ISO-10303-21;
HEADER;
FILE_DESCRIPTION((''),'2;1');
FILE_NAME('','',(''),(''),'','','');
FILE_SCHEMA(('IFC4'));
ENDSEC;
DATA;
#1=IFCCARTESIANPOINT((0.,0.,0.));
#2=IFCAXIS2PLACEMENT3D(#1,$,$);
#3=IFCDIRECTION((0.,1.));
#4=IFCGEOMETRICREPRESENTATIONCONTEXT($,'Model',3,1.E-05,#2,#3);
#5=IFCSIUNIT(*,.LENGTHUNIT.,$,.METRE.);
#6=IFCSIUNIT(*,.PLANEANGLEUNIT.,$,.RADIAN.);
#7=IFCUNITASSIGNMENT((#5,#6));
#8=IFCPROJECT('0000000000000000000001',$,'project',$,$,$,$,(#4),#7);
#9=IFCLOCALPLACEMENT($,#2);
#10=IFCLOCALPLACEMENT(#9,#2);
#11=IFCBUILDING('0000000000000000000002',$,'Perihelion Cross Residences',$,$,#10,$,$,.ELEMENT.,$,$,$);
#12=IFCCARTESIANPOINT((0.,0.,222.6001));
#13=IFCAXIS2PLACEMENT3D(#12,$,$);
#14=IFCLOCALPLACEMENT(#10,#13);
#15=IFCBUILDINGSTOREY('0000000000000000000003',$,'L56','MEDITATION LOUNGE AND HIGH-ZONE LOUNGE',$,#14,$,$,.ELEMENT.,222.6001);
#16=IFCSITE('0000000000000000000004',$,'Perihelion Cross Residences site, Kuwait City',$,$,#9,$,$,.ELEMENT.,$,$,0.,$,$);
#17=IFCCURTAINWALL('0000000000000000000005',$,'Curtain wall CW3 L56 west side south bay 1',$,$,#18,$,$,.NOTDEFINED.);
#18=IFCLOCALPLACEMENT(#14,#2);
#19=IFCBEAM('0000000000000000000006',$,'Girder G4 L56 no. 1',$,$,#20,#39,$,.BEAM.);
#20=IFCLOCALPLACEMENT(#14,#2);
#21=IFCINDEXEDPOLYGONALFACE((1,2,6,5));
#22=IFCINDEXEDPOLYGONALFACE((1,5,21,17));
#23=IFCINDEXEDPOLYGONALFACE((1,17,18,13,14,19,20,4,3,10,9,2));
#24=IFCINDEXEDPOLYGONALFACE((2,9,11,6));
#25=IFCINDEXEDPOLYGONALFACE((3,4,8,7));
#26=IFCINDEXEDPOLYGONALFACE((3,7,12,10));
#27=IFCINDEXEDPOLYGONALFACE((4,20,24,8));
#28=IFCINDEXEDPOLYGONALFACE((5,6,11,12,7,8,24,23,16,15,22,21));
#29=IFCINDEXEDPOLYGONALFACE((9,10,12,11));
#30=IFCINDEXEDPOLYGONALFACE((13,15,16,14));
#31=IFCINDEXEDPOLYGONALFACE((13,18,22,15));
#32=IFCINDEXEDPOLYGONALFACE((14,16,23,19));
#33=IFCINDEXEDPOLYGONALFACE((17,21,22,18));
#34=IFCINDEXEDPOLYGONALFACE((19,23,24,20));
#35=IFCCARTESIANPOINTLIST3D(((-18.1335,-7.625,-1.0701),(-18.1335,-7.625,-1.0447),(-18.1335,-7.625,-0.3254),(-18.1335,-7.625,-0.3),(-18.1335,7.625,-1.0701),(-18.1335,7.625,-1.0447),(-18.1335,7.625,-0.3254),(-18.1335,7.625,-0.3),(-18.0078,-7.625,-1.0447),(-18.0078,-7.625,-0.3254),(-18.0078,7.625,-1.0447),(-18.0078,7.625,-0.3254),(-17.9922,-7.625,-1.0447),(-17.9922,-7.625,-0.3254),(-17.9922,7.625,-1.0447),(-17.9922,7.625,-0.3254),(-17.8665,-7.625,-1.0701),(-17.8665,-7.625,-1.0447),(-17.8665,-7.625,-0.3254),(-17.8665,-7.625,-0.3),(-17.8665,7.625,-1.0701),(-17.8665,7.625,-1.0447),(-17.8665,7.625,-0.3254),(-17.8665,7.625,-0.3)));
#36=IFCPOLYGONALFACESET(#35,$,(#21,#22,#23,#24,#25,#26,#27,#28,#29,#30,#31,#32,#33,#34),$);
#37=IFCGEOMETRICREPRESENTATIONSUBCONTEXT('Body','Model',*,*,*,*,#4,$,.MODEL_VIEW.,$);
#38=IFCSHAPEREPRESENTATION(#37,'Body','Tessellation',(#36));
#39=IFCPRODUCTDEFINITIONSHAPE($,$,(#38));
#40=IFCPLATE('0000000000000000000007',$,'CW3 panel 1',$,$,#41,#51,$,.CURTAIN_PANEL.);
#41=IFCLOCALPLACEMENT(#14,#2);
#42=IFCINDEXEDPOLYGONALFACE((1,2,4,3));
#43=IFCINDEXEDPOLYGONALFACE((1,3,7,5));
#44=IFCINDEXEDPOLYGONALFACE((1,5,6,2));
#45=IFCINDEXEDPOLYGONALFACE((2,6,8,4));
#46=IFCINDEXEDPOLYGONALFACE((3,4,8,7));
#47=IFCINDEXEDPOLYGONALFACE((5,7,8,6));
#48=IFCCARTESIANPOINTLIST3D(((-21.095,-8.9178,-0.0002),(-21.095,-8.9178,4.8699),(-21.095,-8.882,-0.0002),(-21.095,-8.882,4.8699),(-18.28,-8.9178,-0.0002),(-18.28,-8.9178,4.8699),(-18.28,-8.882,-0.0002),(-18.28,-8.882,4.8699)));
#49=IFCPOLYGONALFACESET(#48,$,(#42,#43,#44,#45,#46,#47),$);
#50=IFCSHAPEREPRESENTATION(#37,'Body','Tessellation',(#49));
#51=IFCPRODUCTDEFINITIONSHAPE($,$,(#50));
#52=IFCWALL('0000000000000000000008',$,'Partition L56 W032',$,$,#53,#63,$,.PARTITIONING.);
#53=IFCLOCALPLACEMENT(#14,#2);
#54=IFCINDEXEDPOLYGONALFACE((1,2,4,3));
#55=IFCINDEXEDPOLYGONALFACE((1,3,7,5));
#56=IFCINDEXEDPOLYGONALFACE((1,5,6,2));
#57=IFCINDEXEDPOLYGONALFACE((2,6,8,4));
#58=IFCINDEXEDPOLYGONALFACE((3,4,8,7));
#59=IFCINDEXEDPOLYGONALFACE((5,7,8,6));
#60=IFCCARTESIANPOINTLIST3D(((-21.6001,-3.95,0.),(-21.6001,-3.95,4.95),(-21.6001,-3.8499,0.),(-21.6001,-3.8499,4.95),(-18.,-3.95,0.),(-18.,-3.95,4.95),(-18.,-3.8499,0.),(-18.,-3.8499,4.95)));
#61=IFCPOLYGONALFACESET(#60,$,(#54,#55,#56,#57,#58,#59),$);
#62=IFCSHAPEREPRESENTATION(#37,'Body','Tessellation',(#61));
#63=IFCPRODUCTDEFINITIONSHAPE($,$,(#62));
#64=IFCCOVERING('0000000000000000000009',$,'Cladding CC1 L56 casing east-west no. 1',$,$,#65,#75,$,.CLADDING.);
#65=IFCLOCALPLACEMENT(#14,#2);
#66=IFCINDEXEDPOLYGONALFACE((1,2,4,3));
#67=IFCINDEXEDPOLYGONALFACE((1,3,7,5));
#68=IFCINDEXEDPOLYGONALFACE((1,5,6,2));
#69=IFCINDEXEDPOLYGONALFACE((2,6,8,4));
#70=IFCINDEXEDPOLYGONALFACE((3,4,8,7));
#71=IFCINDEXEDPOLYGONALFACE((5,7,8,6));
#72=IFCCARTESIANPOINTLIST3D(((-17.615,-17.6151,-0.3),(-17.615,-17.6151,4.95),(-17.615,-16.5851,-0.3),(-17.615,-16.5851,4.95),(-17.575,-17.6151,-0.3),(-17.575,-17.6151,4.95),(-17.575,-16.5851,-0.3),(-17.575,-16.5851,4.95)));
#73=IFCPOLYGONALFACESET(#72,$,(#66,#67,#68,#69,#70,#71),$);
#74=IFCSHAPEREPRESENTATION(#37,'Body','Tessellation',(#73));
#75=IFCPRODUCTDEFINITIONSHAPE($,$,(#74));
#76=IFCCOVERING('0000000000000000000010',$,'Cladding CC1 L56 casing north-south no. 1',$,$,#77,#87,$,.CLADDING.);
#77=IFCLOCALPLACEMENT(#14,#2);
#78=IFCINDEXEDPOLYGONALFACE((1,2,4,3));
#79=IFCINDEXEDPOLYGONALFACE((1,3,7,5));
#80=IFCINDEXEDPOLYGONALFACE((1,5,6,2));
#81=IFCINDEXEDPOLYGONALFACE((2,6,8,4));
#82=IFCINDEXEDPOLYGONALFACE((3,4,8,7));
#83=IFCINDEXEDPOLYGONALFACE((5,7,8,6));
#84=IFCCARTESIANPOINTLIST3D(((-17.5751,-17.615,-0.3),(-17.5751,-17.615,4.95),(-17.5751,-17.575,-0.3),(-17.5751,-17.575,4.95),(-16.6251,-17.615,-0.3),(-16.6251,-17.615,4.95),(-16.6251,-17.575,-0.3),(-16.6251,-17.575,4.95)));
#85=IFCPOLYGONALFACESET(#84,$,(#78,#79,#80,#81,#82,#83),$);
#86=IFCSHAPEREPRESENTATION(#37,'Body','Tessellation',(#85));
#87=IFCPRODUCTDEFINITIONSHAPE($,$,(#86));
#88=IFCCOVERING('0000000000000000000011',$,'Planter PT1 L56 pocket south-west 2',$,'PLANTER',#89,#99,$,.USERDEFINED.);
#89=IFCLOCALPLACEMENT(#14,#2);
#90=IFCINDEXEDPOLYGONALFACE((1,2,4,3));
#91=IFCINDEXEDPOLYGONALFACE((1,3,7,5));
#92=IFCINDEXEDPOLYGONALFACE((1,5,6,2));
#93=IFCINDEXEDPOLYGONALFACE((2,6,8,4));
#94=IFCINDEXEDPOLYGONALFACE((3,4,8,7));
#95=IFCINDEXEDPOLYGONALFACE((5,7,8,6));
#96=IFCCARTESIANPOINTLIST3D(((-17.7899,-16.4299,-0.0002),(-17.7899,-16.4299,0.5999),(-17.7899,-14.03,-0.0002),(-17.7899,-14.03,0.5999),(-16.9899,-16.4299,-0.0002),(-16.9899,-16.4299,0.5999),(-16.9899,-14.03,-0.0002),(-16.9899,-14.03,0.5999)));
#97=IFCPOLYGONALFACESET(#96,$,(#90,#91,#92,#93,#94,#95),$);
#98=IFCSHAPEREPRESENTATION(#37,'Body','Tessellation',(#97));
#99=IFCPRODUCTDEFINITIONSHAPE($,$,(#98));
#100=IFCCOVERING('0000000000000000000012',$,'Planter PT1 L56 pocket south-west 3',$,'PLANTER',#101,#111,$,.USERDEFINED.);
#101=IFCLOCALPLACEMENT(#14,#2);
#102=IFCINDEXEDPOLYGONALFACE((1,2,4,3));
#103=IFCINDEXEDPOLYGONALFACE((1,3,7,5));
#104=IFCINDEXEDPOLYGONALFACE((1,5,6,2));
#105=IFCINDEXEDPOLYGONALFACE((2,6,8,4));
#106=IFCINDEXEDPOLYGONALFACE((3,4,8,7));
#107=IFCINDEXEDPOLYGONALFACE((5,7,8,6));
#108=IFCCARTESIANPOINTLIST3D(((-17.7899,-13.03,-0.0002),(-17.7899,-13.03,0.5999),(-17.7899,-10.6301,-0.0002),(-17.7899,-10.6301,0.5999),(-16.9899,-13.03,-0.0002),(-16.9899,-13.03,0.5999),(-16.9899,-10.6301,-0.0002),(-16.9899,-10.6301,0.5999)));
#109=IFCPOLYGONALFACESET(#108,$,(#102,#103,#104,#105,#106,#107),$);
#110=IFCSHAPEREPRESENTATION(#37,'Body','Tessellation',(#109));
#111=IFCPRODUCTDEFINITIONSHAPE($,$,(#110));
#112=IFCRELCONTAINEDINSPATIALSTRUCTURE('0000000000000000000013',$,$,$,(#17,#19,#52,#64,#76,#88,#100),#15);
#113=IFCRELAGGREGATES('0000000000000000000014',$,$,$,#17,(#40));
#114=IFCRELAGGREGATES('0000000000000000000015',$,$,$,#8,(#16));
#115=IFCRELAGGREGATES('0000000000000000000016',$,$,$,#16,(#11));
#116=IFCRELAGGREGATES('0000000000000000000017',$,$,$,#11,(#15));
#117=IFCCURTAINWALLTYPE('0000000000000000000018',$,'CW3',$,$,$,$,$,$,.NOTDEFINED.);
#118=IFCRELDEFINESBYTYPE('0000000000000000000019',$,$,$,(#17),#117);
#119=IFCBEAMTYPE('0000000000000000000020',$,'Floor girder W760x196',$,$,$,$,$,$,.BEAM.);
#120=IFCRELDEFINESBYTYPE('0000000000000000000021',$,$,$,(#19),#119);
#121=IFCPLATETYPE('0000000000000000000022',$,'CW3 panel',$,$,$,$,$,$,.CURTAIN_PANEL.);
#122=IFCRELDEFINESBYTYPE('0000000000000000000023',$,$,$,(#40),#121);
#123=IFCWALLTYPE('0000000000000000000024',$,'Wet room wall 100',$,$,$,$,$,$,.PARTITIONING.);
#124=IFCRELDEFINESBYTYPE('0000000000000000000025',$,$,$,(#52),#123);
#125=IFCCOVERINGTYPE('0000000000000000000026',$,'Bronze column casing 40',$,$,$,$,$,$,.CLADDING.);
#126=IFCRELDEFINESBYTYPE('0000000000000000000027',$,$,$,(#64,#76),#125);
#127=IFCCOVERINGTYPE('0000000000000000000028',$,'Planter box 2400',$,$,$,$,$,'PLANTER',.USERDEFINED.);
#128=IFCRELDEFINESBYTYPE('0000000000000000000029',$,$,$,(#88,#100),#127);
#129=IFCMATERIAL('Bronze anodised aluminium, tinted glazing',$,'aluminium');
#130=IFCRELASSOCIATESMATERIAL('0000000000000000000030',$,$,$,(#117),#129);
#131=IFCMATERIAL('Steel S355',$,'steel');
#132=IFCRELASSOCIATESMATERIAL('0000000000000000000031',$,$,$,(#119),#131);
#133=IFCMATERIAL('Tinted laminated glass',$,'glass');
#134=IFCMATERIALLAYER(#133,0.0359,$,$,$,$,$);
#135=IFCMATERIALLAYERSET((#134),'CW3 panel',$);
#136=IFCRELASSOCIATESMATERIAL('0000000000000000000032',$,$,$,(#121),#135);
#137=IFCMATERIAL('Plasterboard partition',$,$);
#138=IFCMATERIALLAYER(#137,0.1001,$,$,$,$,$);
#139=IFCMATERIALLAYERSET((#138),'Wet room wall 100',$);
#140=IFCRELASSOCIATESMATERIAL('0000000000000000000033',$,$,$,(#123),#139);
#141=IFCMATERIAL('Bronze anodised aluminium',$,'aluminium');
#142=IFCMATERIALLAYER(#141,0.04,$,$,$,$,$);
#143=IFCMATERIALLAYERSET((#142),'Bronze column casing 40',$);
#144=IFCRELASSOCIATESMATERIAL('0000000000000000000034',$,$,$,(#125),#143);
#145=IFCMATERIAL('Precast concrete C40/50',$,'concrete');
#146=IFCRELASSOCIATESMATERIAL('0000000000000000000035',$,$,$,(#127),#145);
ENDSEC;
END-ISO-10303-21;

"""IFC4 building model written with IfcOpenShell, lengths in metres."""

from ifc_helpers import new_model, si_unit, direction, frame, frame_2d, origin, origin_2d, place, context, subcontext, project, spatial, rectangle, i_section, extrude, material, layer, layer_set, material_profile, profile_set, type_object, element, aggregate, save


model = new_model("IFC4")

# Units and contexts
model_context = context("Model", 3, precision=1e-05, world=origin(), true_north=direction((0.0, 1.0)))
body_context = subcontext(model_context, "Body", "Model", "MODEL_VIEW")
ifc_project = project(units=[si_unit("LENGTHUNIT", "METRE"), si_unit("PLANEANGLEUNIT", "RADIAN")], contexts=[model_context])

# Site, building, storey
site_placement = place(None, origin())
site = spatial("IfcSite", under=ifc_project, at=site_placement, Name="Perihelion Cross Residences site, Kuwait City", CompositionType="ELEMENT", RefElevation=0.0)
building_placement = place(site_placement, origin())
building = spatial("IfcBuilding", under=site, at=building_placement, Name="Perihelion Cross Residences", CompositionType="ELEMENT")
storey_placement = place(building_placement, frame((0.0, 0.0, 222.6001)))
storey = spatial("IfcBuildingStorey", under=building, at=storey_placement, Name="L56", Description="MEDITATION LOUNGE AND HIGH-ZONE LOUNGE", CompositionType="ELEMENT", Elevation=222.6001)

# Curtain wall
ifc_material_1 = material(Name="Bronze anodised aluminium, tinted glazing", Category="aluminium")
curtain_wall_type = type_object("IfcCurtainWallType", Name="CW3", PredefinedType="NOTDEFINED", material=ifc_material_1)
curtain_wall_1_placement = place(storey_placement, origin())
curtain_wall_1 = element("IfcCurtainWall", 1, at=curtain_wall_1_placement, inside=storey, type_object=curtain_wall_type, Name="Curtain wall CW3 L56 west side south bay 1", PredefinedType="NOTDEFINED")

# Beam
ifc_material_2 = material(Name="Steel S355", Category="steel")
ifc_material_profile_1 = material_profile(ifc_material_2, i_section(OverallWidth=0.2671, OverallDepth=0.77, WebThickness=0.0156, FlangeThickness=0.0254, at=origin_2d()), Name="W760x196")
ifc_profile_set_1 = profile_set([ifc_material_profile_1], Name="Steel S355")
beam_type_1 = type_object("IfcBeamType", Name="Floor girder W760x196", PredefinedType="BEAM", material=ifc_profile_set_1)
beam_1_placement = place(storey_placement, frame((-18.0, -7.625, -0.6851), z_axis=(0.0, 1.0, 0.0), x_axis=(-1.0, 0.0, 0.0)))
element("IfcBeam", 2, at=beam_1_placement, inside=storey, type_object=beam_type_1, Name="Girder G4 L56 no. 1", PredefinedType="BEAM", context=body_context, shape_type="SweptSolid", body=[
    extrude(i_section(OverallWidth=0.2671, OverallDepth=0.77, WebThickness=0.0156, FlangeThickness=0.0254, at=origin_2d()), origin(), (0.0, 0.0, 1.0), 15.25),
])

# Plate
ifc_material_3 = material(Name="Tinted laminated glass", Category="glass")
ifc_layer_1 = layer(ifc_material_3, 0.0359)
ifc_layer_set_1 = layer_set([ifc_layer_1], Name="CW3 panel")
plate_type = type_object("IfcPlateType", Name="CW3 panel", PredefinedType="CURTAIN_PANEL", material=ifc_layer_set_1)
plate_placement = place(storey_placement, frame((-19.6875, -8.8999, -0.0002), z_axis=(0.0, 0.0, 1.0), x_axis=(1.0, 0.0, 0.0)))
plate = element("IfcPlate", 3, at=plate_placement, type_object=plate_type, Name="CW3 panel 1", PredefinedType="CURTAIN_PANEL", context=body_context, shape_type="SweptSolid", body=[
    extrude(rectangle(XDim=2.8149, YDim=0.0359, at=origin_2d()), origin(), (0.0, 0.0, 1.0), 4.8701),
])
aggregate(curtain_wall_1, [plate])

# Wall
ifc_material_4 = material(Name="Plasterboard partition")
ifc_layer_2 = layer(ifc_material_4, 0.1001)
ifc_layer_set_2 = layer_set([ifc_layer_2], Name="Wet room wall 100")
wall_type_1 = type_object("IfcWallType", Name="Wet room wall 100", PredefinedType="PARTITIONING", material=ifc_layer_set_2)
wall_1_placement = place(storey_placement, frame((-21.6001, -3.8999, 0.0), z_axis=(0.0, 0.0, 1.0), x_axis=(1.0, 0.0, 0.0)))
element("IfcWall", 4, at=wall_1_placement, inside=storey, type_object=wall_type_1, Name="Partition L56 W032", PredefinedType="PARTITIONING", context=body_context, shape_type="SweptSolid", body=[
    extrude(rectangle(XDim=3.6001, YDim=0.1001, at=frame_2d((1.8, 0.0))), origin(), (0.0, 0.0, 1.0), 4.95),
])

# Coverings
ifc_material_5 = material(Name="Bronze anodised aluminium", Category="aluminium")
ifc_layer_3 = layer(ifc_material_5, 0.04)
ifc_layer_set_3 = layer_set([ifc_layer_3], Name="Bronze column casing 40")
covering_type_1 = type_object("IfcCoveringType", Name="Bronze column casing 40", PredefinedType="CLADDING", material=ifc_layer_set_3)
covering_1_placement = place(storey_placement, frame((-17.595, -17.1001, -0.3), z_axis=(0.0, 0.0, 1.0), x_axis=(1.0, 0.0, 0.0)))
element("IfcCovering", 5, at=covering_1_placement, inside=storey, type_object=covering_type_1, Name="Cladding CC1 L56 casing east-west no. 1", PredefinedType="CLADDING", context=body_context, shape_type="SweptSolid", body=[
    extrude(rectangle(XDim=0.04, YDim=1.03, at=origin_2d()), origin(), (0.0, 0.0, 1.0), 5.25),
])
covering_2_placement = place(storey_placement, frame((-17.1001, -17.595, -0.3), z_axis=(0.0, 0.0, 1.0), x_axis=(1.0, 0.0, 0.0)))
element("IfcCovering", 6, at=covering_2_placement, inside=storey, type_object=covering_type_1, Name="Cladding CC1 L56 casing north-south no. 1", PredefinedType="CLADDING", context=body_context, shape_type="SweptSolid", body=[
    extrude(rectangle(XDim=0.95, YDim=0.04, at=origin_2d()), origin(), (0.0, 0.0, 1.0), 5.25),
])
ifc_material_6 = material(Name="Precast concrete C40/50", Category="concrete")
covering_type_2 = type_object("IfcCoveringType", Name="Planter box 2400", ElementType="PLANTER", PredefinedType="USERDEFINED", material=ifc_material_6)
for number, where, z_axis, x_axis, name in (
    (7, (-17.3899, -15.23, -0.0002), (0.0, 0.0, 1.0), (0.0, 1.0, 0.0), "Planter PT1 L56 pocket south-west 2"),
    (8, (-17.3899, -11.8301, -0.0002), (0.0, 0.0, 1.0), (0.0, 1.0, 0.0), "Planter PT1 L56 pocket south-west 3"),
):
    element("IfcCovering", number, at=place(storey_placement, frame(where, z_axis=z_axis, x_axis=x_axis)), inside=storey, type_object=covering_type_2, Name=name, ObjectType="PLANTER", PredefinedType="USERDEFINED", context=body_context, shape_type="SweptSolid", body=[
        extrude(rectangle(XDim=2.3999, YDim=0.8, at=origin_2d()), origin(), (0.0, 0.0, 1.0), 0.6001),
    ])

save(model, "model.ifc")
